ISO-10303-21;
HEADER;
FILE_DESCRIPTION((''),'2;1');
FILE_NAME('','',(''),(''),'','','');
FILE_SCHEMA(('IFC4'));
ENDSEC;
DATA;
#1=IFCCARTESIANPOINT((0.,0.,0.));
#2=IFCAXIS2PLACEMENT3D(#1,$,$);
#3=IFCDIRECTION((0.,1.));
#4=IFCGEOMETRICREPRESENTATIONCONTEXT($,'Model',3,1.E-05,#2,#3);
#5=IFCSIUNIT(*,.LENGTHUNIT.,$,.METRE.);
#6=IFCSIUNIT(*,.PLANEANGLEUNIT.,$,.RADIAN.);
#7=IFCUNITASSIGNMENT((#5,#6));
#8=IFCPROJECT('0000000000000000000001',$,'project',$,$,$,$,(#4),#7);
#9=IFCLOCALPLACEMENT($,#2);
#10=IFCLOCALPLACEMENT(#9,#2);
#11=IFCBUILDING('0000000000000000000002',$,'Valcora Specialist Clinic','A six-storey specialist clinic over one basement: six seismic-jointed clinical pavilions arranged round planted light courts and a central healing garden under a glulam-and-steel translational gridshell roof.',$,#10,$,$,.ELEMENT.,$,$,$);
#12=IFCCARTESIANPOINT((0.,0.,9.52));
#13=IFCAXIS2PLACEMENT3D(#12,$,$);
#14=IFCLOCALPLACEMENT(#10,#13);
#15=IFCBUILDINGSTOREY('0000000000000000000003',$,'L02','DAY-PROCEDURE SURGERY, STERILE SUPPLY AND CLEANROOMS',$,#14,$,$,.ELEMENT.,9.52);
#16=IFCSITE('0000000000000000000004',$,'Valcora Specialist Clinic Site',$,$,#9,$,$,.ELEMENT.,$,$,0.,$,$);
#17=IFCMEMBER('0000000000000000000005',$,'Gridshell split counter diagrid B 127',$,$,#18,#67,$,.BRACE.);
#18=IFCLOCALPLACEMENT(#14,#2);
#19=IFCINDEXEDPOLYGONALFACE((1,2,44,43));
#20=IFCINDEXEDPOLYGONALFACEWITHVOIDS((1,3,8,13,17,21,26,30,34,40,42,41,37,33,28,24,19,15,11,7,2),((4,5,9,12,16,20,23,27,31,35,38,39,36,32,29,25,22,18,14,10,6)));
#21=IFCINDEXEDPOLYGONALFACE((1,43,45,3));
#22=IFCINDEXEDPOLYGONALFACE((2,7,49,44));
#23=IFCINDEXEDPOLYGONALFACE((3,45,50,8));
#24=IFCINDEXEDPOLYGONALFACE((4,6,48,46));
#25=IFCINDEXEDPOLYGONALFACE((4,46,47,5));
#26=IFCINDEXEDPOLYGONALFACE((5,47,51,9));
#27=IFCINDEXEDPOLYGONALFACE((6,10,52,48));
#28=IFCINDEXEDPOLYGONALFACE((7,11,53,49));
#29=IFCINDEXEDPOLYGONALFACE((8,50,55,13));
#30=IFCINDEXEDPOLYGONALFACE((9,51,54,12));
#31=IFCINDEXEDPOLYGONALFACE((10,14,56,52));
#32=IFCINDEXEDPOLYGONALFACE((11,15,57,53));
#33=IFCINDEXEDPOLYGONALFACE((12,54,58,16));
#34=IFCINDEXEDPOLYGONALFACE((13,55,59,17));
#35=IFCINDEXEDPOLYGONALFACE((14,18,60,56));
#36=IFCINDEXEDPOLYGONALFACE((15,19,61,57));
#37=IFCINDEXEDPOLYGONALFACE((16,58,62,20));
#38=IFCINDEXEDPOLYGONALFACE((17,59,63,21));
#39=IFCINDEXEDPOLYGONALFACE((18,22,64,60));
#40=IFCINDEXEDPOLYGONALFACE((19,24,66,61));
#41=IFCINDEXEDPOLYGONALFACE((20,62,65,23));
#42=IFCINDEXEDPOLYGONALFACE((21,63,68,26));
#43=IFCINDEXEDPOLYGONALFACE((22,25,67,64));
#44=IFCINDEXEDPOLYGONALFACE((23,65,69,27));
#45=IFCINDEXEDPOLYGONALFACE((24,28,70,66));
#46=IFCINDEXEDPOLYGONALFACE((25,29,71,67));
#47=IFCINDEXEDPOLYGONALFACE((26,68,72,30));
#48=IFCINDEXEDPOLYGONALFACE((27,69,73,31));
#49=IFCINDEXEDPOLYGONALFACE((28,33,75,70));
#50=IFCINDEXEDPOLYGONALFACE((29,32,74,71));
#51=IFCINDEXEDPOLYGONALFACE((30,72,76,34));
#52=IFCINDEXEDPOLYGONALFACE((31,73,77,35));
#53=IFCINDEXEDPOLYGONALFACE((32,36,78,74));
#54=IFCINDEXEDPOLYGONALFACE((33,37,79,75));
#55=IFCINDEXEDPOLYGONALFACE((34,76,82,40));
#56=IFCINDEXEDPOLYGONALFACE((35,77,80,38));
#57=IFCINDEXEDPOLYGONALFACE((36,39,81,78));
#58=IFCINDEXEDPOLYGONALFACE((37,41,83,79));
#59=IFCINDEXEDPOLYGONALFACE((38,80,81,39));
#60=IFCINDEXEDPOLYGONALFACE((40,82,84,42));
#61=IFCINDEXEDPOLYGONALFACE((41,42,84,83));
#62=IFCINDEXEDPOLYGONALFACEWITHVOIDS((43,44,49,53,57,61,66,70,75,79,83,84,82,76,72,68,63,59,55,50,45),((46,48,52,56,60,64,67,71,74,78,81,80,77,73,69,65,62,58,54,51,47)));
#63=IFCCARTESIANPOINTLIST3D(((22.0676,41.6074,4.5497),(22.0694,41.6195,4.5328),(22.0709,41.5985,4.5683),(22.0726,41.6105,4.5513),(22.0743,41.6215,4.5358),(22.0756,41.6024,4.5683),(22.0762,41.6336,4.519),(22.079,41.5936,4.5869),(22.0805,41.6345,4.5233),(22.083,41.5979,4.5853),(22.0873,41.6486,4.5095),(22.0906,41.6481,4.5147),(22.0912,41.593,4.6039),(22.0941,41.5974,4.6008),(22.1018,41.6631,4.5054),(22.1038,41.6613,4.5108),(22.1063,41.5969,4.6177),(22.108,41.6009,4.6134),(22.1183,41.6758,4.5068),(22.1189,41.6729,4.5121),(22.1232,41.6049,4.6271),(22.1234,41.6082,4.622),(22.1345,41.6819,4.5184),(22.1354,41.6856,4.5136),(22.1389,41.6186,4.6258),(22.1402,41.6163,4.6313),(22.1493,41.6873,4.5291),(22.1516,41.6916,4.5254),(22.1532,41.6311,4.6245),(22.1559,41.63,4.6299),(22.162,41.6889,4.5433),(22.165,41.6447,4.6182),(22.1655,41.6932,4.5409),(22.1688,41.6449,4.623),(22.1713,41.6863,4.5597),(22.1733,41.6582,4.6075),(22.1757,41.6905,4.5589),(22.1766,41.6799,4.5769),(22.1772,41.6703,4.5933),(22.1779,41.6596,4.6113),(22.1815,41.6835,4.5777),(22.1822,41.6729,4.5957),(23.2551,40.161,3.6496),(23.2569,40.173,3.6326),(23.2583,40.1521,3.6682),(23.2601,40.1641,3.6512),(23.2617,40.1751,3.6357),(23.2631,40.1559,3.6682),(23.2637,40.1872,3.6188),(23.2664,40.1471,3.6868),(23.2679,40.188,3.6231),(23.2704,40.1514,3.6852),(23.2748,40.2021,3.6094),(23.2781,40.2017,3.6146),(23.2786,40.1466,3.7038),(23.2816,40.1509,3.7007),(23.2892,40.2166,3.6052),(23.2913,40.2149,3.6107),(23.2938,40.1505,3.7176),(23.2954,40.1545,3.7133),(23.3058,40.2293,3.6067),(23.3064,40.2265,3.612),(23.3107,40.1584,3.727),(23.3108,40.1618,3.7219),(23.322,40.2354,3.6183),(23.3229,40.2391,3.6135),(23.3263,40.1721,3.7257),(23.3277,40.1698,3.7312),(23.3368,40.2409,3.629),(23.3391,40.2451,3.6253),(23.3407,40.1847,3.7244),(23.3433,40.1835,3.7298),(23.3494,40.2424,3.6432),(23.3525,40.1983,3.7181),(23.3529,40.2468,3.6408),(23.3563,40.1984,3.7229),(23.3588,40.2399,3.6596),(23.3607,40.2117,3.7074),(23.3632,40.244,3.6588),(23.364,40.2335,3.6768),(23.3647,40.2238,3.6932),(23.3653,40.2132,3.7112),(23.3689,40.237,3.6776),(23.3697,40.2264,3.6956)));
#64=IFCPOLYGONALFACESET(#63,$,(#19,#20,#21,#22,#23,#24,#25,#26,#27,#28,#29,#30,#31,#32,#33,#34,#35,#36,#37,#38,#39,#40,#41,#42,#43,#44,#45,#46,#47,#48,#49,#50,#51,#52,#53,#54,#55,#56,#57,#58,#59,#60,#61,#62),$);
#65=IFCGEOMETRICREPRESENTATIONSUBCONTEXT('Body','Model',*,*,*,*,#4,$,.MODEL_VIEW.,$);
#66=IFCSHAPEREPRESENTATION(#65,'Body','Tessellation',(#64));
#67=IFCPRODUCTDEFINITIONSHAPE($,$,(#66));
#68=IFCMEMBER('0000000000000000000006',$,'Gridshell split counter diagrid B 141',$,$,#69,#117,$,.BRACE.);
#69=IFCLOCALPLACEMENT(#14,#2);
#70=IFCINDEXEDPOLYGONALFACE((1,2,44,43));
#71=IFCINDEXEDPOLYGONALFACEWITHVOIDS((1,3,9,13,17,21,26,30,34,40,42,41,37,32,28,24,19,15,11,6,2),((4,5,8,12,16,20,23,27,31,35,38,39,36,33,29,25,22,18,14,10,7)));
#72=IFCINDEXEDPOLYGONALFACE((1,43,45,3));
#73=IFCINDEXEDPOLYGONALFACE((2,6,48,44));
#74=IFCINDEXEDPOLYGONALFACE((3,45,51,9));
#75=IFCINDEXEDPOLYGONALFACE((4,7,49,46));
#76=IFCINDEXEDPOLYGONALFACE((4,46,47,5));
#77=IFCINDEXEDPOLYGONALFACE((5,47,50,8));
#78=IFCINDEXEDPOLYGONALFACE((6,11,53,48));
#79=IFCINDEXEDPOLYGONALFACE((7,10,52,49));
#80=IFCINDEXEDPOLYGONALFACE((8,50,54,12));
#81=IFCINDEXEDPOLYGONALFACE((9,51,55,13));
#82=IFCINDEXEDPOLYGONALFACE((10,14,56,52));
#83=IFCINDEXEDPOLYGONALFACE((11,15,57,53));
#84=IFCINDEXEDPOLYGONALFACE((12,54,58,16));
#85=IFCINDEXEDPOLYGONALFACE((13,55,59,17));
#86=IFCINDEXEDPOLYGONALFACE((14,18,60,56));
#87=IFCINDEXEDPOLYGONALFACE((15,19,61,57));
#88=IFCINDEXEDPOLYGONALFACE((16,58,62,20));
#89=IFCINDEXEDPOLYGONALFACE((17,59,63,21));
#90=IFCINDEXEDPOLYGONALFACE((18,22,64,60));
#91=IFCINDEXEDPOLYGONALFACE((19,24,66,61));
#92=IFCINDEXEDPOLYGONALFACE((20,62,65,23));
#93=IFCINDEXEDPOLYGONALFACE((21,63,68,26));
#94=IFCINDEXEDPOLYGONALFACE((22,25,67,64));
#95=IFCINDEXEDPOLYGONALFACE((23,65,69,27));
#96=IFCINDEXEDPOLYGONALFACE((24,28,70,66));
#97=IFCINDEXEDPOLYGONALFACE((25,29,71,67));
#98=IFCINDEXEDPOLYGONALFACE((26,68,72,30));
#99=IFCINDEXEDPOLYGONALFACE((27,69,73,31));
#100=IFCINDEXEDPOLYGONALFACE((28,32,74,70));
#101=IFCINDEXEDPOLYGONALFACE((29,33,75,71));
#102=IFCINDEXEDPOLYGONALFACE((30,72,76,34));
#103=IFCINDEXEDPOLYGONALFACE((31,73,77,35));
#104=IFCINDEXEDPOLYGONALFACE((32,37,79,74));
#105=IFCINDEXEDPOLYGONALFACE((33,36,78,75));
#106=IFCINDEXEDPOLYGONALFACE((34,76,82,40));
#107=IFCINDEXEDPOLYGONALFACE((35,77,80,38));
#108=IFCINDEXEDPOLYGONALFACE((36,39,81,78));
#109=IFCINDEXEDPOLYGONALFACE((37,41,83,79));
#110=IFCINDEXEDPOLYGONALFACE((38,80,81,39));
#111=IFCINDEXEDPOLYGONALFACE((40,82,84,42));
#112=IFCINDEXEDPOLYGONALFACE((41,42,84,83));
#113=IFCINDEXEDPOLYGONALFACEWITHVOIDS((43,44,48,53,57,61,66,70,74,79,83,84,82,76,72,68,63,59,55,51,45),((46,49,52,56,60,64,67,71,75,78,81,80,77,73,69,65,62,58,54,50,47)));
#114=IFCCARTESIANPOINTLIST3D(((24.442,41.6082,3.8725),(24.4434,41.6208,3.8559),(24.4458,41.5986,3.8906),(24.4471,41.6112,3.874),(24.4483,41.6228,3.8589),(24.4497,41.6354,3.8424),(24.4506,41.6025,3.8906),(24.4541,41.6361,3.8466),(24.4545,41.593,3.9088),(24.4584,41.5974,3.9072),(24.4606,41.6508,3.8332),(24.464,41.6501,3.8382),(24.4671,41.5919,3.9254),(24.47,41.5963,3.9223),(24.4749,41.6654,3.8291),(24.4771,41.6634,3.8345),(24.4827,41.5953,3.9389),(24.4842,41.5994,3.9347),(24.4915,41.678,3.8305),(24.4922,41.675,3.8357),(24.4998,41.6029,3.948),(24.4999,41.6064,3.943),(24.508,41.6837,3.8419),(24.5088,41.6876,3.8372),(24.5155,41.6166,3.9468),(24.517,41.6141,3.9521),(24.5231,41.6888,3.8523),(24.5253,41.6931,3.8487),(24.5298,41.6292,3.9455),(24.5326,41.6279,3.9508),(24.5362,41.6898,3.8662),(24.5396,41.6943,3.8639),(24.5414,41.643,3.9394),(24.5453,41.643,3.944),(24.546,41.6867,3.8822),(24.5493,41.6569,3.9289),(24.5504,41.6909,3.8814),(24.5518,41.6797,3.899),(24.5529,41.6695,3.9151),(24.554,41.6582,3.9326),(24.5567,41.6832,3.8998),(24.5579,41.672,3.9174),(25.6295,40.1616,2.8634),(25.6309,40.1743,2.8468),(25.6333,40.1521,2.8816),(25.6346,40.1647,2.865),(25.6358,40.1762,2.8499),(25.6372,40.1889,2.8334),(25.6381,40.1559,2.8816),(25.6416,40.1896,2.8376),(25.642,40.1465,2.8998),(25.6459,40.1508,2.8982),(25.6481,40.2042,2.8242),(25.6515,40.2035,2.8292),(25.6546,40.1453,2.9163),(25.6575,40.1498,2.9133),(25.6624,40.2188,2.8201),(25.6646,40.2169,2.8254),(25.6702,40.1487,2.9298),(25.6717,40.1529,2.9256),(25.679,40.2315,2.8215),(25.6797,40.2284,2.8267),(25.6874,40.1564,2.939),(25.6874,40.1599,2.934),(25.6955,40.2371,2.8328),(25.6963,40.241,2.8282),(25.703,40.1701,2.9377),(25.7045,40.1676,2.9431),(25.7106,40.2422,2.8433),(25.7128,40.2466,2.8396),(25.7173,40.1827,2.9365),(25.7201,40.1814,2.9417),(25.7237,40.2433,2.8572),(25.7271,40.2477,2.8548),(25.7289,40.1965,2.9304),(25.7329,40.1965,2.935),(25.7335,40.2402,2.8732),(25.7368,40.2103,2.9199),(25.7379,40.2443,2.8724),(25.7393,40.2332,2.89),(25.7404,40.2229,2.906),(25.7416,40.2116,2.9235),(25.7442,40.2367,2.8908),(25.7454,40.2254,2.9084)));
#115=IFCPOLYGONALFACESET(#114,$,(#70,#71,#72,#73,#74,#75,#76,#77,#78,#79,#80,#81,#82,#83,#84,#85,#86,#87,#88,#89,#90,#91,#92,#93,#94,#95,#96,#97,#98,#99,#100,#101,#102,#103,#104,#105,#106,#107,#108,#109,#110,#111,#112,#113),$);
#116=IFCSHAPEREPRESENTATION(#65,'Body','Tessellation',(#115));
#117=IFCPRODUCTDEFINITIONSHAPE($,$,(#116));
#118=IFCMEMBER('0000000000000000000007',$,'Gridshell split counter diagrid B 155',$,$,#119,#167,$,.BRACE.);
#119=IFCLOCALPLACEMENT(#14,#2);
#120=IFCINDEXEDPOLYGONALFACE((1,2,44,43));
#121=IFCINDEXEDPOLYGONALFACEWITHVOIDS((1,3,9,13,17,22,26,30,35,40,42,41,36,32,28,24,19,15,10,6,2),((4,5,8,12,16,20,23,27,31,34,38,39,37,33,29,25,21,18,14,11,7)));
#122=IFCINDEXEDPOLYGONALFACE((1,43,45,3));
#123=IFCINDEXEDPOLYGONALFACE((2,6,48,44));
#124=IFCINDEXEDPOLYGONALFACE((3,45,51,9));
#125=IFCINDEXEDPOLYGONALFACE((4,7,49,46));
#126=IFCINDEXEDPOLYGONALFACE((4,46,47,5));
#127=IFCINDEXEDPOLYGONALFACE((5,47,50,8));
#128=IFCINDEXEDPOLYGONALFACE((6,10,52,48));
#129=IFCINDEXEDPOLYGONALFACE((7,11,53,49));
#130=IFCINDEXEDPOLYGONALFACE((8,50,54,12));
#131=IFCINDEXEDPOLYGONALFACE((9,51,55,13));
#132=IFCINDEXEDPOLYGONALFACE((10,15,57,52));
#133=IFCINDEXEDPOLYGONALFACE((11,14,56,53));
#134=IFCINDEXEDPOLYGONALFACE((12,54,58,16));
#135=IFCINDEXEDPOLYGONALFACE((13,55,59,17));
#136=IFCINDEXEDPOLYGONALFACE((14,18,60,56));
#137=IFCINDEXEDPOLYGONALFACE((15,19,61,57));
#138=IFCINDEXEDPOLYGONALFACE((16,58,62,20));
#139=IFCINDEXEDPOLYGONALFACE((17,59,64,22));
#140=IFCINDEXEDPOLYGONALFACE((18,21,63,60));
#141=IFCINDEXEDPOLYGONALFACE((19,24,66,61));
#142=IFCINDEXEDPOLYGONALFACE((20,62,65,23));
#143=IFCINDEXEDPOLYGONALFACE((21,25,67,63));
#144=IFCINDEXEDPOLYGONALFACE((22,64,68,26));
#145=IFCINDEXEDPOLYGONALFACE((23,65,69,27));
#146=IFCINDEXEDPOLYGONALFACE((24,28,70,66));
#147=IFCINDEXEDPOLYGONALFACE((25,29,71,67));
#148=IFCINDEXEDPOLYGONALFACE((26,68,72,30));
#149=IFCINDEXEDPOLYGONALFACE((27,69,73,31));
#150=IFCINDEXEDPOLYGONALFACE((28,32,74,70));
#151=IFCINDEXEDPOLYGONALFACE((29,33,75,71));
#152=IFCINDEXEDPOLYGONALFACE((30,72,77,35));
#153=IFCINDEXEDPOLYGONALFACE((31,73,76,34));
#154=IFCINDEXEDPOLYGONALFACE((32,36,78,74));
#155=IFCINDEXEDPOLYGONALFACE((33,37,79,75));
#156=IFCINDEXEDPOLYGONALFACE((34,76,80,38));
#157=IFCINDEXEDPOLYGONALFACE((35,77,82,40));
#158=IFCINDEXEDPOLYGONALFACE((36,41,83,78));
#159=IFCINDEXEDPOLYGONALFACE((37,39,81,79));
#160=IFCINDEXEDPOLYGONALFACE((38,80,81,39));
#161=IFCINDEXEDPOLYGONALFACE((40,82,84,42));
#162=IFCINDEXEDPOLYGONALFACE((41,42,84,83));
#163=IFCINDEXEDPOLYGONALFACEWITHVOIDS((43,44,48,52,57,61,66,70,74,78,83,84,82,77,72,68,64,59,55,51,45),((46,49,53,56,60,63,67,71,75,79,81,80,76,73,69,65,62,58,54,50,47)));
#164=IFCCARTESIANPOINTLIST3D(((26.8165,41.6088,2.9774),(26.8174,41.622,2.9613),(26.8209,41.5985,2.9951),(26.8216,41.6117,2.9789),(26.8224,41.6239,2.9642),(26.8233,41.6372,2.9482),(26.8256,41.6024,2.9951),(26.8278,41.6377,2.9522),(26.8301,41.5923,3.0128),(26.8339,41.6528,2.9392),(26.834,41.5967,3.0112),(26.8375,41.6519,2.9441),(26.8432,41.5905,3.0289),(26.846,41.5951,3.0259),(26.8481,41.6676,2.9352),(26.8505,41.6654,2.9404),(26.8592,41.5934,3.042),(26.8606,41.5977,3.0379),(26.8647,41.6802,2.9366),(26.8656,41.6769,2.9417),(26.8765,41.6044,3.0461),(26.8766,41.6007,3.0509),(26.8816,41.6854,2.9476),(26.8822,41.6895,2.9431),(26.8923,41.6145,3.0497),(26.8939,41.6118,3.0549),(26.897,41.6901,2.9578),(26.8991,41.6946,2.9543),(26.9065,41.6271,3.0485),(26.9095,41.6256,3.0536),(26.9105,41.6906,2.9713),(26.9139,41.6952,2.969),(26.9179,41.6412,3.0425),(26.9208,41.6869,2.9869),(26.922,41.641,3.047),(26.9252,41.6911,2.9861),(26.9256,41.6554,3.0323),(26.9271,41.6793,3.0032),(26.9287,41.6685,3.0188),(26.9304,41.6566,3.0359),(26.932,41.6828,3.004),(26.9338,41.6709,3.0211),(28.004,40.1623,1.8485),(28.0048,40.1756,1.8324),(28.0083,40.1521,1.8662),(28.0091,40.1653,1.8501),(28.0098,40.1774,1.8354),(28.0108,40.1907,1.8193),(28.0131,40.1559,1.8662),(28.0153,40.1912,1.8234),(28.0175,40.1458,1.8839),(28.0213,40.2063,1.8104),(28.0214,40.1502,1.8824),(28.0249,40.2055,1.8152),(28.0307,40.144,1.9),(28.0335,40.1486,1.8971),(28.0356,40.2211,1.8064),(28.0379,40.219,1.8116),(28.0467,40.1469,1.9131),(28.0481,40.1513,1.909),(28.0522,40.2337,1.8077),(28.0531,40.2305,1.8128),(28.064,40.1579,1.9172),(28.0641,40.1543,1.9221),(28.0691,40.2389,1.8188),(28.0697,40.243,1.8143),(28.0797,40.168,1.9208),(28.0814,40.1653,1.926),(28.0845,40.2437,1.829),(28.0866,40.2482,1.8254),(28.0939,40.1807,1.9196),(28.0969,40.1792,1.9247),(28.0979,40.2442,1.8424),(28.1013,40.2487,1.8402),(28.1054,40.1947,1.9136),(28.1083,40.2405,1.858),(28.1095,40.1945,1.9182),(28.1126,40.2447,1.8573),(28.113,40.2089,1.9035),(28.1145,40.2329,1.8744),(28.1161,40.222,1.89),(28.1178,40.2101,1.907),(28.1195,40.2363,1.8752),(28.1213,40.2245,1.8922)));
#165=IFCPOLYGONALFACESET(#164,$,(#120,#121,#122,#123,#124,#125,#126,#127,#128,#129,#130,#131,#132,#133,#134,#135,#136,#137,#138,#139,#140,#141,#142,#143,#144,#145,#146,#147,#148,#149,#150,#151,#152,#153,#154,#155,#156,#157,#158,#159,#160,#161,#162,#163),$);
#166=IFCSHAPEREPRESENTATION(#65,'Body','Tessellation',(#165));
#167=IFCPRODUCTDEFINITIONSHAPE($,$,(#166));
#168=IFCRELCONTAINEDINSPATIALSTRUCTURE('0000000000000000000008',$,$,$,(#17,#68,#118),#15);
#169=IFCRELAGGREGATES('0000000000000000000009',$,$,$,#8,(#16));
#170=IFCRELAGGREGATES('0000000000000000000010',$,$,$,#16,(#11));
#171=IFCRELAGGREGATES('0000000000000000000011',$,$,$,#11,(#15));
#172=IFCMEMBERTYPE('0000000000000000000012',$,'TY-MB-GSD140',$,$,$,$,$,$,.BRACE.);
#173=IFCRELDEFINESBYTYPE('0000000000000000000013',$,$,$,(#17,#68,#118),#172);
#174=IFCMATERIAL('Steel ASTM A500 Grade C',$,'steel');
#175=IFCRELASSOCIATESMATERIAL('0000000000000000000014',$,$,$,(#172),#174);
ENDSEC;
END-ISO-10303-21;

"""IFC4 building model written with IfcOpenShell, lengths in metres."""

from ifc_helpers import new_model, si_unit, direction, frame, origin, origin_2d, place, context, subcontext, project, spatial, hollow_circle, extrude, material, material_profile, profile_set, type_object, element, save


model = new_model("IFC4")

# Units and contexts
model_context = context("Model", 3, precision=1e-05, world=origin(), true_north=direction((0.0, 1.0)))
body_context = subcontext(model_context, "Body", "Model", "MODEL_VIEW")
ifc_project = project(units=[si_unit("LENGTHUNIT", "METRE"), si_unit("PLANEANGLEUNIT", "RADIAN")], contexts=[model_context])

# Site, building, storey
site_placement = place(None, origin())
site = spatial("IfcSite", under=ifc_project, at=site_placement, Name="Valcora Specialist Clinic Site", CompositionType="ELEMENT", RefElevation=0.0)
building_placement = place(site_placement, origin())
building = spatial("IfcBuilding", under=site, at=building_placement, Name="Valcora Specialist Clinic", Description="A six-storey specialist clinic over one basement: six seismic-jointed clinical pavilions arranged round planted light courts and a central healing garden under a glulam-and-steel translational gridshell roof.", CompositionType="ELEMENT")
storey_placement = place(building_placement, frame((0.0, 0.0, 9.52)))
storey = spatial("IfcBuildingStorey", under=building, at=storey_placement, Name="L02", Description="DAY-PROCEDURE SURGERY, STERILE SUPPLY AND CLEANROOMS", CompositionType="ELEMENT", Elevation=9.52)

# Members
ifc_material_1 = material(Name="Steel ASTM A500 Grade C", Category="steel")
ifc_material_profile_1 = material_profile(ifc_material_1, hollow_circle(Radius=0.0701, WallThickness=0.0061, at=origin_2d()), Name="ST-CHS-140X6")
ifc_profile_set_1 = profile_set([ifc_material_profile_1], Name="Steel ASTM A500 Grade C")
member_type_1 = type_object("IfcMemberType", Name="TY-MB-GSD140", PredefinedType="BRACE", material=ifc_profile_set_1)
member_1_placement = place(storey_placement, frame((23.3125, 40.1965, 3.6682), z_axis=(-0.571808, 0.696538, 0.433441), x_axis=(-0.772916, -0.634508, 0.0)))
element("IfcMember", 1, at=member_1_placement, inside=storey, type_object=member_type_1, Name="Gridshell split counter diagrid B 127", PredefinedType="BRACE", context=body_context, shape_type="SweptSolid", body=[
    extrude(hollow_circle(Radius=0.0701, WallThickness=0.0061, at=origin_2d()), origin(), (0.0, 0.0, 1.0), 2.0767),
])
member_2_placement = place(storey_placement, frame((25.6875, 40.1965, 2.8816), z_axis=(-0.558506, 0.680335, 0.474569), x_axis=(-0.772916, -0.634508, 0.0)))
element("IfcMember", 2, at=member_2_placement, inside=storey, type_object=member_type_1, Name="Gridshell split counter diagrid B 141", PredefinedType="BRACE", context=body_context, shape_type="SweptSolid", body=[
    extrude(hollow_circle(Radius=0.0701, WallThickness=0.0061, at=origin_2d()), origin(), (0.0, 0.0, 1.0), 2.1262),
])
member_3_placement = place(storey_placement, frame((28.0625, 40.1965, 1.8662), z_axis=(-0.543318, 0.661834, 0.516509), x_axis=(-0.772916, -0.634508, 0.0)))
element("IfcMember", 3, at=member_3_placement, inside=storey, type_object=member_type_1, Name="Gridshell split counter diagrid B 155", PredefinedType="BRACE", context=body_context, shape_type="SweptSolid", body=[
    extrude(hollow_circle(Radius=0.0701, WallThickness=0.0061, at=origin_2d()), origin(), (0.0, 0.0, 1.0), 2.1855),
])

save(model, "model.ifc")
